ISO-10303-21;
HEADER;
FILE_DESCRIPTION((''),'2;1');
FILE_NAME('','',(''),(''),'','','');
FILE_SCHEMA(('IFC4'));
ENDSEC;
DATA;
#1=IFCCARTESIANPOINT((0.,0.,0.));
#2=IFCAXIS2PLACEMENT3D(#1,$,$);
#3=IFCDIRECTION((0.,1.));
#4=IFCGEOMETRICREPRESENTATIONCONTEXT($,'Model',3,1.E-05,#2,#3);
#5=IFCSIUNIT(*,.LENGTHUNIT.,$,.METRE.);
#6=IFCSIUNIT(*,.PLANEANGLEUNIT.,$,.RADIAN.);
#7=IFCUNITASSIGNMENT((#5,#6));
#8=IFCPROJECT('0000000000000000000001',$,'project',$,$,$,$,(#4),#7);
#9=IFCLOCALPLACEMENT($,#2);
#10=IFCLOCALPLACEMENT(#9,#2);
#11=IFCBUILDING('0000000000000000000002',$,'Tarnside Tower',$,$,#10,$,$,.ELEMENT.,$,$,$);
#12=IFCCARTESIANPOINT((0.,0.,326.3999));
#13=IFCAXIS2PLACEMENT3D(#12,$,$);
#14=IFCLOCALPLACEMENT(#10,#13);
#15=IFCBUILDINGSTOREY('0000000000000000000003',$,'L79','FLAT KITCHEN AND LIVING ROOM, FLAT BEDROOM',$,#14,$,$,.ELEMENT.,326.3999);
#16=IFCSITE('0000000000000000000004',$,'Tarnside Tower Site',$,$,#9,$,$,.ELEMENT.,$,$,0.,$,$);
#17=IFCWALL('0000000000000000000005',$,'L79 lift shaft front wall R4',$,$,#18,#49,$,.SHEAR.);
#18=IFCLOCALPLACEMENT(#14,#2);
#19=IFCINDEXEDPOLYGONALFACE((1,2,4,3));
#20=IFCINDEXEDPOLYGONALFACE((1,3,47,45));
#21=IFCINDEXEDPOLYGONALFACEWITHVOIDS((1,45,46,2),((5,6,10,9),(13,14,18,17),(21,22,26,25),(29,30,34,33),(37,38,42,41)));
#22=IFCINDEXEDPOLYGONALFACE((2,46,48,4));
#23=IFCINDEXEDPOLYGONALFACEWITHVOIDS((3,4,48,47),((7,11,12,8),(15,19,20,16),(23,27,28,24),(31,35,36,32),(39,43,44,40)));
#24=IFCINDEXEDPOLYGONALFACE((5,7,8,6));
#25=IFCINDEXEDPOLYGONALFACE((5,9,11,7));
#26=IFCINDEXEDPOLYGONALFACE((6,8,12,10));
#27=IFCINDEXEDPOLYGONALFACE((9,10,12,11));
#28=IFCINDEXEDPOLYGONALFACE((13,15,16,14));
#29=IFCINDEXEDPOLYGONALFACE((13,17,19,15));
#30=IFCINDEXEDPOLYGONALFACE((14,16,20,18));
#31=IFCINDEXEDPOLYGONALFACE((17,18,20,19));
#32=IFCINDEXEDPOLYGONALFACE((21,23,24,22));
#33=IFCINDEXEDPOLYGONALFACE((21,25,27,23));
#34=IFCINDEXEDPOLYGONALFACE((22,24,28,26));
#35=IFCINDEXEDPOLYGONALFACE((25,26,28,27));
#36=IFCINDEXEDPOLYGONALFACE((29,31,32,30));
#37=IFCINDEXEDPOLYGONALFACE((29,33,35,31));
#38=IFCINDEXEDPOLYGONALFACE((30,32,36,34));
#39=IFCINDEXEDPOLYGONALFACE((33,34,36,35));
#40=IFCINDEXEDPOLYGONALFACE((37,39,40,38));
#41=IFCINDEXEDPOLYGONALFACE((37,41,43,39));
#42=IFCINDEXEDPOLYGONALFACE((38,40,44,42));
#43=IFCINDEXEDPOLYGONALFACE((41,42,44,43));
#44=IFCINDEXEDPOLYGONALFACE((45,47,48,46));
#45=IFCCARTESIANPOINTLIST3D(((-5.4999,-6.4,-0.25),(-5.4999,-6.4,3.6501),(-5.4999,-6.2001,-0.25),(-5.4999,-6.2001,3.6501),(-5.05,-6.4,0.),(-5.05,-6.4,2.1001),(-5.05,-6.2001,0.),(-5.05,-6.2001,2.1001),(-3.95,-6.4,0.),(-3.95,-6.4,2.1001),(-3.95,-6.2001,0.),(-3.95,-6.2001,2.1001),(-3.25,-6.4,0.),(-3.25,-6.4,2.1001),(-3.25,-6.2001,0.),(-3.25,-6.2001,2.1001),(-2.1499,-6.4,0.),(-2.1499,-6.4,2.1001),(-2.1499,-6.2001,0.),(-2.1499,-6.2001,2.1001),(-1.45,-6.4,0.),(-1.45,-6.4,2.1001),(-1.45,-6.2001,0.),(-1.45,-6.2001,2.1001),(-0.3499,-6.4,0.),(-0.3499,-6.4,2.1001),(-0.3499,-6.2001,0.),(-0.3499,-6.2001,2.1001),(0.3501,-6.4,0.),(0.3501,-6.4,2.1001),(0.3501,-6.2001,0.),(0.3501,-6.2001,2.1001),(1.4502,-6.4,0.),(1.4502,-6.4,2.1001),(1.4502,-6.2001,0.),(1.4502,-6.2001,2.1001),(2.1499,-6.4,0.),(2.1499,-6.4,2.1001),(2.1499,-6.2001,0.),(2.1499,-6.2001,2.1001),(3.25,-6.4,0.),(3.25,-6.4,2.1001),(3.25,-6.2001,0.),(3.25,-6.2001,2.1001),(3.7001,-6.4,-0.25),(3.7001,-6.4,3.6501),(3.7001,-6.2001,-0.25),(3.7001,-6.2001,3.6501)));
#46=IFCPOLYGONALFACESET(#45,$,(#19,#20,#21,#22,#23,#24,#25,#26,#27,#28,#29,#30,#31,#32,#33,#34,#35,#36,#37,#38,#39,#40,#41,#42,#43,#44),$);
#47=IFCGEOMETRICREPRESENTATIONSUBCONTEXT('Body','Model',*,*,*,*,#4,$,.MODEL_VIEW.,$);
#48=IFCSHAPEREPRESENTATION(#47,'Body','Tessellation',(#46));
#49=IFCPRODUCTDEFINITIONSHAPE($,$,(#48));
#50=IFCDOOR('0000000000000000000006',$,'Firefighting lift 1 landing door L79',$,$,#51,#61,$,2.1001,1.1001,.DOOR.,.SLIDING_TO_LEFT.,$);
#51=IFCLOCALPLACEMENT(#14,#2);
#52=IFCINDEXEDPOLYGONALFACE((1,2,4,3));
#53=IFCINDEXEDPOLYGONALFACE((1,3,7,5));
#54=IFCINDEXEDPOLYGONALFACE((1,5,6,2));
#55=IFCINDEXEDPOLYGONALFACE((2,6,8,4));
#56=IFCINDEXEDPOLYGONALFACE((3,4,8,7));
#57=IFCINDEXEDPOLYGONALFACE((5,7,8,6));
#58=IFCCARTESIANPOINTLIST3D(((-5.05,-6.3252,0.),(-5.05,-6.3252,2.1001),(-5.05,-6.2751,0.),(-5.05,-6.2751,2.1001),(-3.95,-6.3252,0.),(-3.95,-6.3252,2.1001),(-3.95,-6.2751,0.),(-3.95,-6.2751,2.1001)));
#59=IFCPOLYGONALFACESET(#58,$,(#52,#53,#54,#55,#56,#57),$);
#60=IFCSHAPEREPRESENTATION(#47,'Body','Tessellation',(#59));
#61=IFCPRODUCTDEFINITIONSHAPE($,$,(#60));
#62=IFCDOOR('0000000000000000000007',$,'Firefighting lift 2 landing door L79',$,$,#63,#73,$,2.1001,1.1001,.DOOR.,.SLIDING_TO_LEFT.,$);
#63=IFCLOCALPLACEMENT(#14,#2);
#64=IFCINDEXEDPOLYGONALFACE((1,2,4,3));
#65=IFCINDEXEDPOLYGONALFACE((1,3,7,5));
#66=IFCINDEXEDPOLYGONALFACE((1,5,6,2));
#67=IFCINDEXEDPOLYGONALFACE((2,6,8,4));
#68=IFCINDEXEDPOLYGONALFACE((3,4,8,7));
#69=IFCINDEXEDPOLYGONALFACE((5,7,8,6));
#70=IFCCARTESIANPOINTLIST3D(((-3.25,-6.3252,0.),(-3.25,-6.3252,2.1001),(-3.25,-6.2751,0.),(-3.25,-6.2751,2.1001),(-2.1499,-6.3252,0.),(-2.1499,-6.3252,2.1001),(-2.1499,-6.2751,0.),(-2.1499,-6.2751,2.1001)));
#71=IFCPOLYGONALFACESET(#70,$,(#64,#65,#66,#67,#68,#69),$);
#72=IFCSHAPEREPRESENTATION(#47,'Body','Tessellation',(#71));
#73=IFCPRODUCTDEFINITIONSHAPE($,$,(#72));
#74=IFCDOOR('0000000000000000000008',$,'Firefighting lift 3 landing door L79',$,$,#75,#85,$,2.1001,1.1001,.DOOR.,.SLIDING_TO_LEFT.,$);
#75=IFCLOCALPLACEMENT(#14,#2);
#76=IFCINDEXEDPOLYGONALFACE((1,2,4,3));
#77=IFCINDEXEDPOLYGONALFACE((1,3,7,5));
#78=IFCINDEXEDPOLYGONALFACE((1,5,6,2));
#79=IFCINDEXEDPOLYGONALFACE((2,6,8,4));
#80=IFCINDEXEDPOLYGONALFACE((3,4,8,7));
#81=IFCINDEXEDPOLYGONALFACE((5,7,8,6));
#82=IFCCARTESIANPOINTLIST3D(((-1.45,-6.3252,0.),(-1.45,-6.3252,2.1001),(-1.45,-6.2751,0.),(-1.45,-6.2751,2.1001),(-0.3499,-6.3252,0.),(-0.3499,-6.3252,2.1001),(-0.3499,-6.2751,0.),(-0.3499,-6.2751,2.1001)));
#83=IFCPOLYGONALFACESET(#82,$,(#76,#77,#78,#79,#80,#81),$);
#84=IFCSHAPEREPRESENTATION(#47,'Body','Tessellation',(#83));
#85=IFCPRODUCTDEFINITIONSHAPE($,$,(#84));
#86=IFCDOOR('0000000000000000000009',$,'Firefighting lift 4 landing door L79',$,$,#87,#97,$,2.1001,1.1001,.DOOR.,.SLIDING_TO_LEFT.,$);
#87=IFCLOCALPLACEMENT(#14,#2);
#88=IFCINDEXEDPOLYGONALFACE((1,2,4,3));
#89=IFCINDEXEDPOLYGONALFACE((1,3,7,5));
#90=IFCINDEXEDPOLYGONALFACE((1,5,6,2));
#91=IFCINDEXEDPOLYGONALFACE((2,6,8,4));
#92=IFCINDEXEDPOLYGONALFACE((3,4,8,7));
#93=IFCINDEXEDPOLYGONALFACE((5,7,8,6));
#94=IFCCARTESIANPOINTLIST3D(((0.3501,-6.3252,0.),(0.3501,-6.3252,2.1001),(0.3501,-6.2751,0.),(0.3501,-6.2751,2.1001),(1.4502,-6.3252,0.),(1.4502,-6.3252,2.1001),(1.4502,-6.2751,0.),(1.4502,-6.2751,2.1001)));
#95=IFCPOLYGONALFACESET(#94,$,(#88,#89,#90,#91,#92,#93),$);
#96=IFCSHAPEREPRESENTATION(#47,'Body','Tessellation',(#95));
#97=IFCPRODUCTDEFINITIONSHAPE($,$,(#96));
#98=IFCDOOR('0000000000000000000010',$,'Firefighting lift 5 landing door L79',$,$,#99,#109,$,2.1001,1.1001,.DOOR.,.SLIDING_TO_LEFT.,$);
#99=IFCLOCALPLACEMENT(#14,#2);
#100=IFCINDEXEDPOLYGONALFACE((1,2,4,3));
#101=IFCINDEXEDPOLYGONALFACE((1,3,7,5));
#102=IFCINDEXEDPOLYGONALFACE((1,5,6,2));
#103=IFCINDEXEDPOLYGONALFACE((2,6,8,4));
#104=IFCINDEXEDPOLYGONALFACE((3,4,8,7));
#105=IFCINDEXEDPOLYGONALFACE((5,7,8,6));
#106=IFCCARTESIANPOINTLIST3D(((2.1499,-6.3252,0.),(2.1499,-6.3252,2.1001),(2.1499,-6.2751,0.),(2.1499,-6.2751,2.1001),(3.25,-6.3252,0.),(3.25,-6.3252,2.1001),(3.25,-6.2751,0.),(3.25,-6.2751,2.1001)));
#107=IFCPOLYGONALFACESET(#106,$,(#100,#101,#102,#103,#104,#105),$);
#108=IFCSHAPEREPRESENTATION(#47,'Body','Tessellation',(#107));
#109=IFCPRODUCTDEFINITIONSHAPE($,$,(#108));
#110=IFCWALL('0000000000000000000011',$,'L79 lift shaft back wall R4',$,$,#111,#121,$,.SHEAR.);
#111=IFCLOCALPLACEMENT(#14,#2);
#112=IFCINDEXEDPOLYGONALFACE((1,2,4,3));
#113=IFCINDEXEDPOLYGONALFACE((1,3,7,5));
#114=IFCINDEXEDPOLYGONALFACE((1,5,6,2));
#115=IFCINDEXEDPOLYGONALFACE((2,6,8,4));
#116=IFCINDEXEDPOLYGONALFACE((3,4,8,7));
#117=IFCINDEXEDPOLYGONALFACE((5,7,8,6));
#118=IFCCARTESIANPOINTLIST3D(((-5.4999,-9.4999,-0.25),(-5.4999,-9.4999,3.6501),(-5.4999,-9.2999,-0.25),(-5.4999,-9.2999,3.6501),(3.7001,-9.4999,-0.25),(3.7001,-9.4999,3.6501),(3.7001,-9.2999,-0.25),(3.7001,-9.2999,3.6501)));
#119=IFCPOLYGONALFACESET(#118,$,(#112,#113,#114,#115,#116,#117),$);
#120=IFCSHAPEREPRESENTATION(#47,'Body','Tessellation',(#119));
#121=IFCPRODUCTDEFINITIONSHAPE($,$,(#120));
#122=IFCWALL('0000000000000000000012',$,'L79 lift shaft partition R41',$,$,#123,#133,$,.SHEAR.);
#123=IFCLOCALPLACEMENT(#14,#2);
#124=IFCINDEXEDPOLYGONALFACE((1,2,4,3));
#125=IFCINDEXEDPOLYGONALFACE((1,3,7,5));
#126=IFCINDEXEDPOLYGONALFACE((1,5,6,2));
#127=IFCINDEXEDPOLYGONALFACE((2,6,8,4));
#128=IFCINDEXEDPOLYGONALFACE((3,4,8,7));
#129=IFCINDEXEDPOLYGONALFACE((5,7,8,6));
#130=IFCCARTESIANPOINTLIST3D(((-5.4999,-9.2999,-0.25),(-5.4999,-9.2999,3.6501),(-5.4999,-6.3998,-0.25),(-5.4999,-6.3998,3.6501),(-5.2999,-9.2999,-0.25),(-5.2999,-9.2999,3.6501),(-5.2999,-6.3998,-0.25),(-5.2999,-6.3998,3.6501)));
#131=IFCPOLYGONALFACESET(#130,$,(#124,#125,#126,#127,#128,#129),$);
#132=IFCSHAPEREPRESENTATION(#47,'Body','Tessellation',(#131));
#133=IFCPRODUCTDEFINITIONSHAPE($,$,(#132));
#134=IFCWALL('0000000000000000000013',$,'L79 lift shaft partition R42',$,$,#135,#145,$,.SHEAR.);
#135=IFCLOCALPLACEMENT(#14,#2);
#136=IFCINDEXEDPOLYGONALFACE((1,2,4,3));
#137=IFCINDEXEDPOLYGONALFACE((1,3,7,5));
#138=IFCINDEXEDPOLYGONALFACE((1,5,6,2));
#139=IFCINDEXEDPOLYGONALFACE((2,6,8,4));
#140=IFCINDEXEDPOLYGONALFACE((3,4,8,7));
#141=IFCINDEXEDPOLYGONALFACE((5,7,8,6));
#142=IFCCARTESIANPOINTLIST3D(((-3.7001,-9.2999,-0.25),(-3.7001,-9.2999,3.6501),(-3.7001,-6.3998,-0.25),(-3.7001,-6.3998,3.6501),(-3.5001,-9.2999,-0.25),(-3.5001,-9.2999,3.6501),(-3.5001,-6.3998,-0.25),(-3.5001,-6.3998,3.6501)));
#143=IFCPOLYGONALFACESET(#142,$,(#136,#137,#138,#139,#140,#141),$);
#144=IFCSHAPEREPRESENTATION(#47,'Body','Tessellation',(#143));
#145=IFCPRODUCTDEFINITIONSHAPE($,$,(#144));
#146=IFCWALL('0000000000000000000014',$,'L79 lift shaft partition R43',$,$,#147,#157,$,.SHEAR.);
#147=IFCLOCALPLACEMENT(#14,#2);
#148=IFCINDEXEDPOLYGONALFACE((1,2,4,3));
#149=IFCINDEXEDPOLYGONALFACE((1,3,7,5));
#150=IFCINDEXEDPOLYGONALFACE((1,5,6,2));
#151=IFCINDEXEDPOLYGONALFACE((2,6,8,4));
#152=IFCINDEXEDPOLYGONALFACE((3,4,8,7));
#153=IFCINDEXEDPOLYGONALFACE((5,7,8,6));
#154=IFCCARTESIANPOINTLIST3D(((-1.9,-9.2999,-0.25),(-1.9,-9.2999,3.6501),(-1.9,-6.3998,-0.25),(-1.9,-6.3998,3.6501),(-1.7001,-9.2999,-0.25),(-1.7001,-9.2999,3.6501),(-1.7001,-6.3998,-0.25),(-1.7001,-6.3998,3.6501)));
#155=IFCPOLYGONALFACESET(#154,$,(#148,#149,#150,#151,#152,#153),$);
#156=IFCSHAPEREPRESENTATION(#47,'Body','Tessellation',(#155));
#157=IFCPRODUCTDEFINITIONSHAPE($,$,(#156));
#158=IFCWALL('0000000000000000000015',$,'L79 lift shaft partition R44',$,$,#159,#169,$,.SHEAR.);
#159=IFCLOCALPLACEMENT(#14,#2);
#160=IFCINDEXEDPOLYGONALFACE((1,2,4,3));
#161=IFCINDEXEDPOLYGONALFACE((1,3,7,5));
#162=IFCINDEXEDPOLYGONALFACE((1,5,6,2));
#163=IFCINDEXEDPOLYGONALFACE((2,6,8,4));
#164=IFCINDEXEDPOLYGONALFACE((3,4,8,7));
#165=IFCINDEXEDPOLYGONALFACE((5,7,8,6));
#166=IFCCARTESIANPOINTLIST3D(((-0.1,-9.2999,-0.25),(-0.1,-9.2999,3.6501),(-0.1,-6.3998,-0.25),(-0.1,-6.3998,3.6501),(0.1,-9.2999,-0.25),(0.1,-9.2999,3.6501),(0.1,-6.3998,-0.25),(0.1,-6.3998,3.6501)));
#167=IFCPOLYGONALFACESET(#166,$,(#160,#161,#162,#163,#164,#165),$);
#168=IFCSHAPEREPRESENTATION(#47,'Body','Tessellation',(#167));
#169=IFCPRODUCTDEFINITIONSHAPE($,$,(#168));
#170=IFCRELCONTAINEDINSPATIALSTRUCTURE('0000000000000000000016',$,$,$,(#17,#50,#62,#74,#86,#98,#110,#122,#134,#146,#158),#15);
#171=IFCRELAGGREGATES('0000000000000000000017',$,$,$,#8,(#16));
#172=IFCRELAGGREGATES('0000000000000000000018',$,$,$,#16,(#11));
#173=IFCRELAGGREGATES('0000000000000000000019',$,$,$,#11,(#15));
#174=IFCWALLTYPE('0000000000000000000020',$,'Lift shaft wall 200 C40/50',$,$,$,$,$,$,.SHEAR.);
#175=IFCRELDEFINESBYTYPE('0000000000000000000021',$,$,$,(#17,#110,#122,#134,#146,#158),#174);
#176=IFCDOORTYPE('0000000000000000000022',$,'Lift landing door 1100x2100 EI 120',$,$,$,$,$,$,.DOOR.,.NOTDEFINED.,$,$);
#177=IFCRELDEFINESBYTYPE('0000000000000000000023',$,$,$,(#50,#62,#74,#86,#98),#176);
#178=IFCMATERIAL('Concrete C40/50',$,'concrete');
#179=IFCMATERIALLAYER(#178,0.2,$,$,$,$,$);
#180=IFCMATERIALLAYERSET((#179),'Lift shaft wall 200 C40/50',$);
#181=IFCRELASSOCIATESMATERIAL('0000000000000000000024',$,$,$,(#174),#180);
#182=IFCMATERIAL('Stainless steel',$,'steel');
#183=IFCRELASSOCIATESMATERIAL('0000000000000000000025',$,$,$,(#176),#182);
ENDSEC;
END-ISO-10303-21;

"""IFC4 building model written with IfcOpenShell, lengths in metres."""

from ifc_helpers import new_model, si_unit, direction, frame, frame_2d, origin, place, context, subcontext, project, spatial, rectangle, extrude, material, layer, layer_set, type_object, element, fill, save


model = new_model("IFC4")

# Units and contexts
model_context = context("Model", 3, precision=1e-05, world=origin(), true_north=direction((0.0, 1.0)))
body_context = subcontext(model_context, "Body", "Model", "MODEL_VIEW")
ifc_project = project(units=[si_unit("LENGTHUNIT", "METRE"), si_unit("PLANEANGLEUNIT", "RADIAN")], contexts=[model_context])

# Site, building, storey
site_placement = place(None, origin())
site = spatial("IfcSite", under=ifc_project, at=site_placement, Name="Tarnside Tower Site", CompositionType="ELEMENT", RefElevation=0.0)
building_placement = place(site_placement, origin())
building = spatial("IfcBuilding", under=site, at=building_placement, Name="Tarnside Tower", CompositionType="ELEMENT")
storey_placement = place(building_placement, frame((0.0, 0.0, 326.3999)))
storey = spatial("IfcBuildingStorey", under=building, at=storey_placement, Name="L79", Description="FLAT KITCHEN AND LIVING ROOM, FLAT BEDROOM", CompositionType="ELEMENT", Elevation=326.3999)

# Shared definitions
ifc_material_1 = material(Name="Concrete C40/50", Category="concrete")

# Wall, openings, doors
ifc_layer_1 = layer(ifc_material_1, 0.2)
ifc_layer_set_1 = layer_set([ifc_layer_1], Name="Lift shaft wall 200 C40/50")
wall_type_1 = type_object("IfcWallType", Name="Lift shaft wall 200 C40/50", PredefinedType="SHEAR", material=ifc_layer_set_1)
wall_1_placement = place(storey_placement, frame((-5.5, -6.3, -0.25), z_axis=(0.0, 0.0, 1.0), x_axis=(1.0, 0.0, 0.0)))
wall_1 = element("IfcWall", 1, at=wall_1_placement, inside=storey, type_object=wall_type_1, Name="L79 lift shaft front wall R4", PredefinedType="SHEAR", context=body_context, shape_type="SweptSolid", body=[
    extrude(rectangle(XDim=9.2, YDim=0.2, at=frame_2d((4.6001, 0.0))), origin(), (0.0, 0.0, 1.0), 3.9001),
])
opening_1_placement = place(wall_1_placement, frame((0.45, 0.0, 0.25)))
opening_1 = element("IfcOpeningElement", 2, at=opening_1_placement, cuts=wall_1, PredefinedType="OPENING", context=body_context, shape_type="SweptSolid", body=[
    extrude(rectangle(XDim=1.1001, YDim=2.1001, at=frame_2d((0.55, 1.05))), frame((0.0, 0.1099, 0.0), z_axis=(0.0, -1.0, 0.0), x_axis=(1.0, 0.0, 0.0)), (0.0, 0.0, 1.0), 0.22),
])
opening_2_placement = place(wall_1_placement, frame((2.25, 0.0, 0.25)))
opening_2 = element("IfcOpeningElement", 3, at=opening_2_placement, cuts=wall_1, PredefinedType="OPENING", context=body_context, shape_type="SweptSolid", body=[
    extrude(rectangle(XDim=1.1001, YDim=2.1001, at=frame_2d((0.55, 1.05))), frame((0.0, 0.1099, 0.0), z_axis=(0.0, -1.0, 0.0), x_axis=(1.0, 0.0, 0.0)), (0.0, 0.0, 1.0), 0.22),
])
opening_3_placement = place(wall_1_placement, frame((4.05, 0.0, 0.25)))
opening_3 = element("IfcOpeningElement", 4, at=opening_3_placement, cuts=wall_1, PredefinedType="OPENING", context=body_context, shape_type="SweptSolid", body=[
    extrude(rectangle(XDim=1.1001, YDim=2.1001, at=frame_2d((0.55, 1.05))), frame((0.0, 0.1099, 0.0), z_axis=(0.0, -1.0, 0.0), x_axis=(1.0, 0.0, 0.0)), (0.0, 0.0, 1.0), 0.22),
])
opening_4_placement = place(wall_1_placement, frame((5.8501, 0.0, 0.25)))
opening_4 = element("IfcOpeningElement", 5, at=opening_4_placement, cuts=wall_1, PredefinedType="OPENING", context=body_context, shape_type="SweptSolid", body=[
    extrude(rectangle(XDim=1.1001, YDim=2.1001, at=frame_2d((0.55, 1.05))), frame((0.0, 0.1099, 0.0), z_axis=(0.0, -1.0, 0.0), x_axis=(1.0, 0.0, 0.0)), (0.0, 0.0, 1.0), 0.22),
])
opening_5_placement = place(wall_1_placement, frame((7.6499, 0.0, 0.25)))
opening_5 = element("IfcOpeningElement", 6, at=opening_5_placement, cuts=wall_1, PredefinedType="OPENING", context=body_context, shape_type="SweptSolid", body=[
    extrude(rectangle(XDim=1.1001, YDim=2.1001, at=frame_2d((0.55, 1.05))), frame((0.0, 0.1099, 0.0), z_axis=(0.0, -1.0, 0.0), x_axis=(1.0, 0.0, 0.0)), (0.0, 0.0, 1.0), 0.22),
])
ifc_material_2 = material(Name="Stainless steel", Category="steel")
door_type_1 = type_object("IfcDoorType", Name="Lift landing door 1100x2100 EI 120", OperationType="NOTDEFINED", PredefinedType="DOOR", material=ifc_material_2)
door_1_placement = place(opening_1_placement, origin())
door_1 = element("IfcDoor", 7, at=door_1_placement, inside=storey, type_object=door_type_1, Name="Firefighting lift 1 landing door L79", OperationType="SLIDING_TO_LEFT", OverallHeight=2.1001, OverallWidth=1.1001, PredefinedType="DOOR", context=body_context, shape_type="SweptSolid", body=[
    extrude(rectangle(XDim=1.1001, YDim=2.1001, at=frame_2d((0.55, 1.05))), frame((0.0, 0.0249, 0.0), z_axis=(0.0, -1.0, 0.0), x_axis=(1.0, 0.0, 0.0)), (0.0, 0.0, 1.0), 0.05),
])
fill(opening_1, door_1)
door_2_placement = place(opening_2_placement, origin())
door_2 = element("IfcDoor", 8, at=door_2_placement, inside=storey, type_object=door_type_1, Name="Firefighting lift 2 landing door L79", OperationType="SLIDING_TO_LEFT", OverallHeight=2.1001, OverallWidth=1.1001, PredefinedType="DOOR", context=body_context, shape_type="SweptSolid", body=[
    extrude(rectangle(XDim=1.1001, YDim=2.1001, at=frame_2d((0.55, 1.05))), frame((0.0, 0.0249, 0.0), z_axis=(0.0, -1.0, 0.0), x_axis=(1.0, 0.0, 0.0)), (0.0, 0.0, 1.0), 0.05),
])
fill(opening_2, door_2)
door_3_placement = place(opening_3_placement, origin())
door_3 = element("IfcDoor", 9, at=door_3_placement, inside=storey, type_object=door_type_1, Name="Firefighting lift 3 landing door L79", OperationType="SLIDING_TO_LEFT", OverallHeight=2.1001, OverallWidth=1.1001, PredefinedType="DOOR", context=body_context, shape_type="SweptSolid", body=[
    extrude(rectangle(XDim=1.1001, YDim=2.1001, at=frame_2d((0.55, 1.05))), frame((0.0, 0.0249, 0.0), z_axis=(0.0, -1.0, 0.0), x_axis=(1.0, 0.0, 0.0)), (0.0, 0.0, 1.0), 0.05),
])
fill(opening_3, door_3)
door_4_placement = place(opening_4_placement, origin())
door_4 = element("IfcDoor", 10, at=door_4_placement, inside=storey, type_object=door_type_1, Name="Firefighting lift 4 landing door L79", OperationType="SLIDING_TO_LEFT", OverallHeight=2.1001, OverallWidth=1.1001, PredefinedType="DOOR", context=body_context, shape_type="SweptSolid", body=[
    extrude(rectangle(XDim=1.1001, YDim=2.1001, at=frame_2d((0.55, 1.05))), frame((0.0, 0.0249, 0.0), z_axis=(0.0, -1.0, 0.0), x_axis=(1.0, 0.0, 0.0)), (0.0, 0.0, 1.0), 0.05),
])
fill(opening_4, door_4)
door_5_placement = place(opening_5_placement, origin())
door_5 = element("IfcDoor", 11, at=door_5_placement, inside=storey, type_object=door_type_1, Name="Firefighting lift 5 landing door L79", OperationType="SLIDING_TO_LEFT", OverallHeight=2.1001, OverallWidth=1.1001, PredefinedType="DOOR", context=body_context, shape_type="SweptSolid", body=[
    extrude(rectangle(XDim=1.1001, YDim=2.1001, at=frame_2d((0.55, 1.05))), frame((0.0, 0.0249, 0.0), z_axis=(0.0, -1.0, 0.0), x_axis=(1.0, 0.0, 0.0)), (0.0, 0.0, 1.0), 0.05),
])
fill(opening_5, door_5)

# Walls
wall_2_placement = place(storey_placement, frame((-5.5, -9.3999, -0.25), z_axis=(0.0, 0.0, 1.0), x_axis=(1.0, 0.0, 0.0)))
element("IfcWall", 12, at=wall_2_placement, inside=storey, type_object=wall_type_1, Name="L79 lift shaft back wall R4", PredefinedType="SHEAR", context=body_context, shape_type="SweptSolid", body=[
    extrude(rectangle(XDim=9.2, YDim=0.2, at=frame_2d((4.6001, 0.0))), origin(), (0.0, 0.0, 1.0), 3.9001),
])
for number, where, z_axis, x_axis, name in (
    (13, (-5.3999, -9.3, -0.25), (0.0, 0.0, 1.0), (0.0, 1.0, 0.0), "L79 lift shaft partition R41"),
    (14, (-3.6001, -9.3, -0.25), (0.0, 0.0, 1.0), (0.0, 1.0, 0.0), "L79 lift shaft partition R42"),
    (15, (-1.8, -9.3, -0.25), (0.0, 0.0, 1.0), (0.0, 1.0, 0.0), "L79 lift shaft partition R43"),
    (16, (0.0, -9.3, -0.25), (0.0, 0.0, 1.0), (0.0, 1.0, 0.0), "L79 lift shaft partition R44"),
):
    element("IfcWall", number, at=place(storey_placement, frame(where, z_axis=z_axis, x_axis=x_axis)), inside=storey, type_object=wall_type_1, Name=name, PredefinedType="SHEAR", context=body_context, shape_type="SweptSolid", body=[
        extrude(rectangle(XDim=2.9001, YDim=0.2, at=frame_2d((1.4502, 0.0))), origin(), (0.0, 0.0, 1.0), 3.9001),
    ])

save(model, "model.ifc")
